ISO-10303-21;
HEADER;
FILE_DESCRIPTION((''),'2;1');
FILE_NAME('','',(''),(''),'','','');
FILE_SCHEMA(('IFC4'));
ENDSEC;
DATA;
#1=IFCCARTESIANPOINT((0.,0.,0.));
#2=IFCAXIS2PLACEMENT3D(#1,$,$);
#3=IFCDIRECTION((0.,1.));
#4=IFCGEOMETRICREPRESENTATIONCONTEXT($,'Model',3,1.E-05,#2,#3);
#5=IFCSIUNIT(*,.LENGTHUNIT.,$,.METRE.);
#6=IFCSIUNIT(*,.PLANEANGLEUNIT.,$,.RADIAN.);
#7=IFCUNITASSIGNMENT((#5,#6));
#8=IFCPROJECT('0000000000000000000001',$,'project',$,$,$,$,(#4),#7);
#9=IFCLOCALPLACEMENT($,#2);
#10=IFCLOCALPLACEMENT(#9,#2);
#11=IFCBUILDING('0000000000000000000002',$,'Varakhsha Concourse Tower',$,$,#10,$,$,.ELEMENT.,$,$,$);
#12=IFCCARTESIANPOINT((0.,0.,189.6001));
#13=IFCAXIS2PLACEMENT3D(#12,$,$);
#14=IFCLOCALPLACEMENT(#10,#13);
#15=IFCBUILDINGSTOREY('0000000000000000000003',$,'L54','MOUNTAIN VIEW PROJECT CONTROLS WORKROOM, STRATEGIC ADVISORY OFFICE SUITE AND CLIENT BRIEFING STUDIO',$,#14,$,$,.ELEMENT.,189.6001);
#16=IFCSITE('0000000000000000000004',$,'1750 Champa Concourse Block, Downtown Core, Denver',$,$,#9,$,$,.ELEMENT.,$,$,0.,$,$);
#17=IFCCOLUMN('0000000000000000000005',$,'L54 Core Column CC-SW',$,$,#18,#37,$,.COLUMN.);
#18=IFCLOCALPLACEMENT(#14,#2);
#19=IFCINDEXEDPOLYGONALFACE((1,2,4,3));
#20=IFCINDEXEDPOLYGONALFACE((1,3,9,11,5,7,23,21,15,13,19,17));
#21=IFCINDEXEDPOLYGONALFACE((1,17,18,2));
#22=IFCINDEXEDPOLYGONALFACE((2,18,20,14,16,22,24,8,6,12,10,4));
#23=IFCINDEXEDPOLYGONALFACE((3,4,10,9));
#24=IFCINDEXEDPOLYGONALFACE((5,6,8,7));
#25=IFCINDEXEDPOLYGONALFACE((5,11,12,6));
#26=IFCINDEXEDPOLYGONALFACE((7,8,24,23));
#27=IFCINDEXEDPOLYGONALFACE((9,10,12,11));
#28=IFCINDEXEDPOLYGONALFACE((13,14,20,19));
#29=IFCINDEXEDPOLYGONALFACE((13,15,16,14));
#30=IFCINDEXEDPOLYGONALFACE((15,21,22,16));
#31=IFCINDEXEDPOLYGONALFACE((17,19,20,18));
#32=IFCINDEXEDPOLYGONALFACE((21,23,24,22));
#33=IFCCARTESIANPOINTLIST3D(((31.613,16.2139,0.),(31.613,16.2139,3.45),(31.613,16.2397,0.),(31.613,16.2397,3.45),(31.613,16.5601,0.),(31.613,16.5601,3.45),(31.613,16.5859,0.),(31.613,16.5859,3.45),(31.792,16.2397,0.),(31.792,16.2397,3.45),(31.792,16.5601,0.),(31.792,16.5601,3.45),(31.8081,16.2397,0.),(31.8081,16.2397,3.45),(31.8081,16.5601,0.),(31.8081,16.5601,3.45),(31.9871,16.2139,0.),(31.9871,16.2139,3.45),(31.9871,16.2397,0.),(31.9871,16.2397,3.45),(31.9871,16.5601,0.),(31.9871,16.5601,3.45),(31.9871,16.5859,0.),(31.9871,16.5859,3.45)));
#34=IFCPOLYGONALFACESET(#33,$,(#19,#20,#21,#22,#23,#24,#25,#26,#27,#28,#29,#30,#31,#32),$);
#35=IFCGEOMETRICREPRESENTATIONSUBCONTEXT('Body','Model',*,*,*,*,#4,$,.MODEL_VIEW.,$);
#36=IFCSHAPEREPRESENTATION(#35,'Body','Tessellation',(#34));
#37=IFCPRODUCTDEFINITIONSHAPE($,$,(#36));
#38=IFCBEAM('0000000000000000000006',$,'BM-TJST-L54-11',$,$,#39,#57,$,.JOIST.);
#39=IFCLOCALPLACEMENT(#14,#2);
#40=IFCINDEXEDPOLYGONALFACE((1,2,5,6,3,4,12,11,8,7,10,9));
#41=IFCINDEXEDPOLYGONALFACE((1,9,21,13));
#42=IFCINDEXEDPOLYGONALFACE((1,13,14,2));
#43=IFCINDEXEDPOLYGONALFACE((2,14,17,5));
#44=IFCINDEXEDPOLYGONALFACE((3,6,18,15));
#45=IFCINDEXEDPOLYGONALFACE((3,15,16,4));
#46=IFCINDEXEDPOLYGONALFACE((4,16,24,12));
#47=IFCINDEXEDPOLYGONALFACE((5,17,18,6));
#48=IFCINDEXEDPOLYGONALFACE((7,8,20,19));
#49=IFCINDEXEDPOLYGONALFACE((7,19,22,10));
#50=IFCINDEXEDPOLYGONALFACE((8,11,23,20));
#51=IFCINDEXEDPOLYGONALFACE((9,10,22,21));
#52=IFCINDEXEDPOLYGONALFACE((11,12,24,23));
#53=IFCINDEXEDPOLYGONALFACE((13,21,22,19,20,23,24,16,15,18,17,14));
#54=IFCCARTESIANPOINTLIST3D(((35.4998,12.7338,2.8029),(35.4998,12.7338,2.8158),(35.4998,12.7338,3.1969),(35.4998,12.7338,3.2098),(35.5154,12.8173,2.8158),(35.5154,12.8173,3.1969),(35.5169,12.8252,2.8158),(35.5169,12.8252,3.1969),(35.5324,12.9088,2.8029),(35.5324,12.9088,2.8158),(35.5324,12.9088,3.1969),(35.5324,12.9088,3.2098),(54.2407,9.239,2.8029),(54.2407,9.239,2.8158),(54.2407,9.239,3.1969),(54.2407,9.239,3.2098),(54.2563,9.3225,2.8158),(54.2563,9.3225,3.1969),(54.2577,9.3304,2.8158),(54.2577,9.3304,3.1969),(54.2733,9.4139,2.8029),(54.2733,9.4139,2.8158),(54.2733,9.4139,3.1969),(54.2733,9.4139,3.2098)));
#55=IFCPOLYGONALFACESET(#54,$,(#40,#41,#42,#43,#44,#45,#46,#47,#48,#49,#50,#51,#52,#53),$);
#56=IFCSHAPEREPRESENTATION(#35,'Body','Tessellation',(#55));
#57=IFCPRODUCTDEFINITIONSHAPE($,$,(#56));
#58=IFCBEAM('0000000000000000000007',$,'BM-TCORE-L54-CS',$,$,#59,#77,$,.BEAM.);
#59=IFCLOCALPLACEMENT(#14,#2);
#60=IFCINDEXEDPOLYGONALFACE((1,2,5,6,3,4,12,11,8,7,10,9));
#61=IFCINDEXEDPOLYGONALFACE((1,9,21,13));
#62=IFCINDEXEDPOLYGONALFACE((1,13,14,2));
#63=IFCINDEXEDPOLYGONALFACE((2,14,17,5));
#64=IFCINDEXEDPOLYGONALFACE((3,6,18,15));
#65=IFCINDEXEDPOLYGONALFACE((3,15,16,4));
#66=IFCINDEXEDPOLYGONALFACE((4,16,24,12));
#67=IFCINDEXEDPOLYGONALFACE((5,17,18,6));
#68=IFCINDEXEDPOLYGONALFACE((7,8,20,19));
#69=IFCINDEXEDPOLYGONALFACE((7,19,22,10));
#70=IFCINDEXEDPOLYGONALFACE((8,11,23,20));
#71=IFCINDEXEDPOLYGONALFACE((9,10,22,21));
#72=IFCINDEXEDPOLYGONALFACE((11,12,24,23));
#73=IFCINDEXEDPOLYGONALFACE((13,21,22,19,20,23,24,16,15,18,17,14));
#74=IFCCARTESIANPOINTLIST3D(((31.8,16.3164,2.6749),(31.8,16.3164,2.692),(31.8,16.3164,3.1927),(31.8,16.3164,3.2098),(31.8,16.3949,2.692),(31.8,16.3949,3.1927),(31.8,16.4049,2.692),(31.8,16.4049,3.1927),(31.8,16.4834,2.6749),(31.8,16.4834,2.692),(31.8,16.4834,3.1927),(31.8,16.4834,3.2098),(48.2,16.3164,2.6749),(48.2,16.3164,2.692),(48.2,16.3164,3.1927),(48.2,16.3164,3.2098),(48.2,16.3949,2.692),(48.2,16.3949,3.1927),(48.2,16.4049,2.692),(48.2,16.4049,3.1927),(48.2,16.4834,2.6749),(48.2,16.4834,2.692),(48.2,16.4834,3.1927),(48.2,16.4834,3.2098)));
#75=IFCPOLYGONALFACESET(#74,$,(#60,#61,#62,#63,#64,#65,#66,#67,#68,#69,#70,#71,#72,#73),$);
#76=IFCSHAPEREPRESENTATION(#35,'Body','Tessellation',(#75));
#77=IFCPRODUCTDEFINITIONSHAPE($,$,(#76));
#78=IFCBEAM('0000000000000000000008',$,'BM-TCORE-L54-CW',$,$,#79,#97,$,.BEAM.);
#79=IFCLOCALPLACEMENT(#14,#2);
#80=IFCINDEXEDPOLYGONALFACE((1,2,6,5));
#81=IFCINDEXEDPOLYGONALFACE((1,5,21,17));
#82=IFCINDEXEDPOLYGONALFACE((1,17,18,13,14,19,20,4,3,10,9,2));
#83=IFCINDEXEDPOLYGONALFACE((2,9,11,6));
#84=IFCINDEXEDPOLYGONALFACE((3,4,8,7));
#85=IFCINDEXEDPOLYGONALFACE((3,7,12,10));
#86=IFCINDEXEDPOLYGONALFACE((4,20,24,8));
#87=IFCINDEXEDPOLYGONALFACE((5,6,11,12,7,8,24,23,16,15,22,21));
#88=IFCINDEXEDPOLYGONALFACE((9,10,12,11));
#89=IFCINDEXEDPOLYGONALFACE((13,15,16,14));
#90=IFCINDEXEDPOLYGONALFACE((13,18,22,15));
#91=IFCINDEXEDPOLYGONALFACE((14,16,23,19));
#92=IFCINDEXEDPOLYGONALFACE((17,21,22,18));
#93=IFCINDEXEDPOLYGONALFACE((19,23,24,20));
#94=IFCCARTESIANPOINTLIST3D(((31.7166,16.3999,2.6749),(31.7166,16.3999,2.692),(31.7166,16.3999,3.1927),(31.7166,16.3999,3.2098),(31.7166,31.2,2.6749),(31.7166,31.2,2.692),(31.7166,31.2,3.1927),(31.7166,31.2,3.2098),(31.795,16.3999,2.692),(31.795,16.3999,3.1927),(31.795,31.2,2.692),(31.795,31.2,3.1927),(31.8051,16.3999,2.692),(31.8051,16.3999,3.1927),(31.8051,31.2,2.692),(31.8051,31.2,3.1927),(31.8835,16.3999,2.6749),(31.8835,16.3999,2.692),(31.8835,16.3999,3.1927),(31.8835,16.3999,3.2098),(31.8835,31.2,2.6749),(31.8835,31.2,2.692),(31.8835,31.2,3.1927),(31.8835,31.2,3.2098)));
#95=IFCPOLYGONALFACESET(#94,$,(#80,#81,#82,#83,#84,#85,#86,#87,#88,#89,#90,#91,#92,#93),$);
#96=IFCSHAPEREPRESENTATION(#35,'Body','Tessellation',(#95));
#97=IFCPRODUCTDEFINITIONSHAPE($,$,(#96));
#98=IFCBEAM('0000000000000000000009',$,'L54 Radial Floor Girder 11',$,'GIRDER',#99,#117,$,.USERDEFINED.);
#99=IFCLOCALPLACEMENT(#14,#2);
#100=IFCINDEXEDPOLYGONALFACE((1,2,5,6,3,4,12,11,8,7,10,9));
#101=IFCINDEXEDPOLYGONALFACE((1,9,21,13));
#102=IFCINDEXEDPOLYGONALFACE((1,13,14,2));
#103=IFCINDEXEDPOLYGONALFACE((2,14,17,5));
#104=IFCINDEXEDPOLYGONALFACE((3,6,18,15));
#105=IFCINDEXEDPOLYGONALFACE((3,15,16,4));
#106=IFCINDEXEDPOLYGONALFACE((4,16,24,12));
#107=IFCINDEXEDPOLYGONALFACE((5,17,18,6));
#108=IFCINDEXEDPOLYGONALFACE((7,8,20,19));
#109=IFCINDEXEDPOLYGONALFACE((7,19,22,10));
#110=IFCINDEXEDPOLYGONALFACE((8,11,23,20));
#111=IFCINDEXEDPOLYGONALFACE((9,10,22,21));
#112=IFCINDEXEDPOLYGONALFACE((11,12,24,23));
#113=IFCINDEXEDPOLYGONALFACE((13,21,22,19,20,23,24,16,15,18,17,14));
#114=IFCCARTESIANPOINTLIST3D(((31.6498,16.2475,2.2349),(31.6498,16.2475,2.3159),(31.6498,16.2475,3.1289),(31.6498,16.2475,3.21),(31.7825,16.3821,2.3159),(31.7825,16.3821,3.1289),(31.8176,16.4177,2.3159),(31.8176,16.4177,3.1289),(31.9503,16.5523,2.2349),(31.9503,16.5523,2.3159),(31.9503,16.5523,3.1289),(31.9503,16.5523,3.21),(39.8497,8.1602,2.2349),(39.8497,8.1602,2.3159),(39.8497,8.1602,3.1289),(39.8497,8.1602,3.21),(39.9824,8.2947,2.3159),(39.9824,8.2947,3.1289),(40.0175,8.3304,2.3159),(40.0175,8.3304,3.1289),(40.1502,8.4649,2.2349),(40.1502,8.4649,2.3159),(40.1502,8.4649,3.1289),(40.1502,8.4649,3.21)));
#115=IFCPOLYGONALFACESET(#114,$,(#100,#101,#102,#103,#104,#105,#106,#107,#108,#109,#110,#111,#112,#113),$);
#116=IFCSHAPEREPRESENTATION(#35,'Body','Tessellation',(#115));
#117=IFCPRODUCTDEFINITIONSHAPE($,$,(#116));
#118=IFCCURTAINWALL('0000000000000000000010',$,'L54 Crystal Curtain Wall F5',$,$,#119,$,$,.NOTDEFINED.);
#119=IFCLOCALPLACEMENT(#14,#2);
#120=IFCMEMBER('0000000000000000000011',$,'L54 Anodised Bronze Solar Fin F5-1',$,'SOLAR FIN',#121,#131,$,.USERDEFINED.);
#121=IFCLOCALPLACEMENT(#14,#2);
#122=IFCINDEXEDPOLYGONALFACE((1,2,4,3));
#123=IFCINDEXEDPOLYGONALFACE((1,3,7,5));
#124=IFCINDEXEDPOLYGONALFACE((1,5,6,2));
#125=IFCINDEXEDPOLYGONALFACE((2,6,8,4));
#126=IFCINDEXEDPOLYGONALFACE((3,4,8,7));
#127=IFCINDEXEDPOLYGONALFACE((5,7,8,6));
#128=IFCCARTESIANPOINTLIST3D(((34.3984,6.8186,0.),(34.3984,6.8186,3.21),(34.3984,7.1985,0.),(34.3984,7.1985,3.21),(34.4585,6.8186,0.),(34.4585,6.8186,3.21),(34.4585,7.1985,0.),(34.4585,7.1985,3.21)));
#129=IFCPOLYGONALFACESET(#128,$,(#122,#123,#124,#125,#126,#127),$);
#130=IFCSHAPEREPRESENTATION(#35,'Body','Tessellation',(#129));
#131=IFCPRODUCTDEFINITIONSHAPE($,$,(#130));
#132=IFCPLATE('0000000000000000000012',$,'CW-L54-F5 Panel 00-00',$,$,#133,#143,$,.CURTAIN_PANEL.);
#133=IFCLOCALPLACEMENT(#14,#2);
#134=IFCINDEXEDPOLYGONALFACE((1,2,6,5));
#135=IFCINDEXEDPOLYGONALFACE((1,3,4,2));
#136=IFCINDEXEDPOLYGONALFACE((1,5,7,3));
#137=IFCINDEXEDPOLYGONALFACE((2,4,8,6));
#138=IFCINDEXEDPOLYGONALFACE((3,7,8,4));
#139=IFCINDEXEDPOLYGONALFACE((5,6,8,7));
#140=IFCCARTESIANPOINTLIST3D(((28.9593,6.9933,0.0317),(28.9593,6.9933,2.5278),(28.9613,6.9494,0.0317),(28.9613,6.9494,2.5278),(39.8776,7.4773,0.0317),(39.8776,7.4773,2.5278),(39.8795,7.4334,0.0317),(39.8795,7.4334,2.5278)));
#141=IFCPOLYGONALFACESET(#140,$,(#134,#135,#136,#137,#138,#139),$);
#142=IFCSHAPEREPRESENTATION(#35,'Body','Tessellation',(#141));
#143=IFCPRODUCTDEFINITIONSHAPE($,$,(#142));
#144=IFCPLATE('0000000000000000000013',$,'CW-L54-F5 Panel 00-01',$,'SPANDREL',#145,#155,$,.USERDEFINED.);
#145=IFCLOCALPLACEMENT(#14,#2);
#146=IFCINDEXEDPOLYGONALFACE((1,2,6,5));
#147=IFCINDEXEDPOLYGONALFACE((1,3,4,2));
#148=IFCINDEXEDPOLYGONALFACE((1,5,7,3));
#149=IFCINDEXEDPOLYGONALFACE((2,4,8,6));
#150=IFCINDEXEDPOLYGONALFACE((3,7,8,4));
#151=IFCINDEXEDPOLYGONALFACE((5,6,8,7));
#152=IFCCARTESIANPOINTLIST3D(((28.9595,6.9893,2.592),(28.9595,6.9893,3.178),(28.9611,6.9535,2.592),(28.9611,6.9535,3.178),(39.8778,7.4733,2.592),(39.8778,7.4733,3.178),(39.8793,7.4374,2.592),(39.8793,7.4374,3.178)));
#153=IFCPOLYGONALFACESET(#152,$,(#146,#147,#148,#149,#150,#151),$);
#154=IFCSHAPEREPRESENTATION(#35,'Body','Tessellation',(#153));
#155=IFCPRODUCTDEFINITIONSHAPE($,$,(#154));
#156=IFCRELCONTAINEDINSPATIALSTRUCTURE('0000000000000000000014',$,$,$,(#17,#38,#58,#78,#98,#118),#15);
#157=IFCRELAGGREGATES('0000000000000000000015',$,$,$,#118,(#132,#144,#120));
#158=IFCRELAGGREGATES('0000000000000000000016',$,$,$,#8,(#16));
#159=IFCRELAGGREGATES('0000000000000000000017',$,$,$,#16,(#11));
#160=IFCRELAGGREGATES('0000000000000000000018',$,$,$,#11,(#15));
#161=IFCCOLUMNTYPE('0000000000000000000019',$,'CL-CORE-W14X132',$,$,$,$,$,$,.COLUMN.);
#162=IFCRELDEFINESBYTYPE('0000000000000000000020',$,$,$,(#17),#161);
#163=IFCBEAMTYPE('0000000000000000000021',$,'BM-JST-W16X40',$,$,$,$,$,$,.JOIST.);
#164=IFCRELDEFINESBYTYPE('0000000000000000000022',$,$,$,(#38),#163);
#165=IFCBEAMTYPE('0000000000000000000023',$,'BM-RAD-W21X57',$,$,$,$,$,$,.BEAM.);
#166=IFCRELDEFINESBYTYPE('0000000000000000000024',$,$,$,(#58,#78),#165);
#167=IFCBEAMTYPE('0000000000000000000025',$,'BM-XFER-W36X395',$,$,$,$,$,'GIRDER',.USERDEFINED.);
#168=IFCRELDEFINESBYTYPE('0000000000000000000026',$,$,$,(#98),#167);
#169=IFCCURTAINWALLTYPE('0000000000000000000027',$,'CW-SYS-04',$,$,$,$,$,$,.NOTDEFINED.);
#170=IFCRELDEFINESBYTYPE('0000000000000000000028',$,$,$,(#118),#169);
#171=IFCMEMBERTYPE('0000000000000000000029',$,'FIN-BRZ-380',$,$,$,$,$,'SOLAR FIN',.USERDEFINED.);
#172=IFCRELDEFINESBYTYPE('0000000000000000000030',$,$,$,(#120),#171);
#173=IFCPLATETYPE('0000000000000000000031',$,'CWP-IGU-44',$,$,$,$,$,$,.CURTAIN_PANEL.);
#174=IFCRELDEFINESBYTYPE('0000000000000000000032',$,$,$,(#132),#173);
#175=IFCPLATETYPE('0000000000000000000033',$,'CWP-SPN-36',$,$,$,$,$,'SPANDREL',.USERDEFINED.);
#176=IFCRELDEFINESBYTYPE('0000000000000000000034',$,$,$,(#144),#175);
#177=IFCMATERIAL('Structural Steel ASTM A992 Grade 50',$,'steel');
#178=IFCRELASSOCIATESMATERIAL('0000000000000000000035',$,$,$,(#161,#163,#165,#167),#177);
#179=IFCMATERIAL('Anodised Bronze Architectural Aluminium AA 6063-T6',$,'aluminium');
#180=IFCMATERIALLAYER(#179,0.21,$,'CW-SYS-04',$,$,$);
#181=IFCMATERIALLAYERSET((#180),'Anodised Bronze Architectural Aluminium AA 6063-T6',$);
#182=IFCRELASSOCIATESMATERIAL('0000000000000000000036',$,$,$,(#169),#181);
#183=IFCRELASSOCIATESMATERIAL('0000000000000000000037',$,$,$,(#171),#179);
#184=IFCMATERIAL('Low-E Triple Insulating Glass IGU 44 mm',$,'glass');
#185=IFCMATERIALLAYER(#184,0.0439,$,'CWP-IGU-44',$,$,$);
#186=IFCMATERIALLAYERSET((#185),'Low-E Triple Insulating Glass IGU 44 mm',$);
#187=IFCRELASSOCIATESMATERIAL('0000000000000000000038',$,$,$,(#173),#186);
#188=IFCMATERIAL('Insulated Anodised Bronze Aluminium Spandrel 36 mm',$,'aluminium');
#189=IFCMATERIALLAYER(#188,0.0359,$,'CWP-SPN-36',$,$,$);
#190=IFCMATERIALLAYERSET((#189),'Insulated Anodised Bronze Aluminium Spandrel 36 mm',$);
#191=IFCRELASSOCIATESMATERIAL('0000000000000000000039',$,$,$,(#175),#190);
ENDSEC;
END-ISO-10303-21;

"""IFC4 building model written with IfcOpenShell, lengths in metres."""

from ifc_helpers import new_model, si_unit, direction, frame, origin, origin_2d, place, context, subcontext, project, spatial, rectangle, i_section, extrude, source, transform, mapped, material, layer, layer_set, material_profile, profile_set, type_object, type_shapes, element, aggregate, save


model = new_model("IFC4")

# Units and contexts
model_context = context("Model", 3, precision=1e-05, world=origin(), true_north=direction((0.0, 1.0)))
body_context = subcontext(model_context, "Body", "Model", "MODEL_VIEW")
ifc_project = project(units=[si_unit("LENGTHUNIT", "METRE"), si_unit("PLANEANGLEUNIT", "RADIAN")], contexts=[model_context])

# Site, building, storey
site_placement = place(None, origin())
site = spatial("IfcSite", under=ifc_project, at=site_placement, Name="1750 Champa Concourse Block, Downtown Core, Denver", CompositionType="ELEMENT", RefElevation=0.0)
building_placement = place(site_placement, origin())
building = spatial("IfcBuilding", under=site, at=building_placement, Name="Varakhsha Concourse Tower", CompositionType="ELEMENT")
storey_placement = place(building_placement, frame((0.0, 0.0, 189.6001)))
storey = spatial("IfcBuildingStorey", under=building, at=storey_placement, Name="L54", Description="MOUNTAIN VIEW PROJECT CONTROLS WORKROOM, STRATEGIC ADVISORY OFFICE SUITE AND CLIENT BRIEFING STUDIO", CompositionType="ELEMENT", Elevation=189.6001)

# Column
ifc_material_1 = material(Name="Structural Steel ASTM A992 Grade 50", Category="steel")
ifc_material_profile_1 = material_profile(ifc_material_1, i_section(OverallWidth=0.374, OverallDepth=0.3721, WebThickness=0.0161, FlangeThickness=0.0259, at=origin_2d()), Name="W14X132")
ifc_profile_set_1 = profile_set([ifc_material_profile_1], Name="Structural Steel ASTM A992 Grade 50")
column_type = type_object("IfcColumnType", Name="CL-CORE-W14X132", PredefinedType="COLUMN", material=ifc_profile_set_1)
column_placement = place(storey_placement, frame((31.8, 16.3999, 0.0), z_axis=(0.0, 0.0, 1.0), x_axis=(1.0, 0.0, 0.0)))
element("IfcColumn", 1, at=column_placement, inside=storey, type_object=column_type, Name="L54 Core Column CC-SW", PredefinedType="COLUMN", context=body_context, shape_type="SweptSolid", body=[
    extrude(i_section(OverallWidth=0.374, OverallDepth=0.3721, WebThickness=0.0161, FlangeThickness=0.0259, at=origin_2d()), origin(), (0.0, 0.0, 1.0), 3.45),
])

# Beams
ifc_material_profile_2 = material_profile(ifc_material_1, i_section(OverallWidth=0.178, OverallDepth=0.407, WebThickness=0.0081, FlangeThickness=0.0129, at=origin_2d()), Name="W16X40")
ifc_profile_set_2 = profile_set([ifc_material_profile_2], Name="Structural Steel ASTM A992 Grade 50")
beam_type_1 = type_object("IfcBeamType", Name="BM-JST-W16X40", PredefinedType="JOIST", material=ifc_profile_set_2)
beam_1_placement = place(storey_placement, frame((35.5161, 12.8213, 3.0063), z_axis=(0.983053, -0.183323, 0.0), x_axis=(0.183323, 0.983053, 0.0)))
element("IfcBeam", 2, at=beam_1_placement, inside=storey, type_object=beam_type_1, Name="BM-TJST-L54-11", PredefinedType="JOIST", context=body_context, shape_type="SweptSolid", body=[
    extrude(i_section(OverallWidth=0.178, OverallDepth=0.407, WebThickness=0.0081, FlangeThickness=0.0129, at=origin_2d()), origin(), (0.0, 0.0, 1.0), 19.064),
])
ifc_material_profile_3 = material_profile(ifc_material_1, i_section(OverallWidth=0.167, OverallDepth=0.5349, WebThickness=0.01, FlangeThickness=0.0171, at=origin_2d()), Name="W21X57")
ifc_profile_set_3 = profile_set([ifc_material_profile_3], Name="Structural Steel ASTM A992 Grade 50")
beam_type_2 = type_object("IfcBeamType", Name="BM-RAD-W21X57", PredefinedType="BEAM", material=ifc_profile_set_3)
beam_2_placement = place(storey_placement, frame((31.8, 16.3999, 2.9424), z_axis=(1.0, 0.0, 0.0), x_axis=(0.0, 1.0, 0.0)))
element("IfcBeam", 3, at=beam_2_placement, inside=storey, type_object=beam_type_2, Name="BM-TCORE-L54-CS", PredefinedType="BEAM", context=body_context, shape_type="SweptSolid", body=[
    extrude(i_section(OverallWidth=0.167, OverallDepth=0.5349, WebThickness=0.01, FlangeThickness=0.0171, at=origin_2d()), origin(), (0.0, 0.0, 1.0), 16.3999),
])
beam_3_placement = place(storey_placement, frame((31.8, 16.3999, 2.9424), z_axis=(0.0, 1.0, 0.0), x_axis=(-1.0, 0.0, 0.0)))
element("IfcBeam", 4, at=beam_3_placement, inside=storey, type_object=beam_type_2, Name="BM-TCORE-L54-CW", PredefinedType="BEAM", context=body_context, shape_type="SweptSolid", body=[
    extrude(i_section(OverallWidth=0.167, OverallDepth=0.5349, WebThickness=0.01, FlangeThickness=0.0171, at=origin_2d()), origin(), (0.0, 0.0, 1.0), 14.8),
])
ifc_material_profile_4 = material_profile(ifc_material_1, i_section(OverallWidth=0.428, OverallDepth=0.9751, WebThickness=0.05, FlangeThickness=0.0811, at=origin_2d()), Name="W36X395")
ifc_profile_set_4 = profile_set([ifc_material_profile_4], Name="Structural Steel ASTM A992 Grade 50")
beam_type_3 = type_object("IfcBeamType", Name="BM-XFER-W36X395", ElementType="GIRDER", PredefinedType="USERDEFINED", material=ifc_profile_set_4)
beam_4_placement = place(storey_placement, frame((31.8, 16.3999, 2.7224), z_axis=(0.711976, -0.702204, 0.0), x_axis=(0.702204, 0.711976, 0.0)))
element("IfcBeam", 5, at=beam_4_placement, inside=storey, type_object=beam_type_3, Name="L54 Radial Floor Girder 11", ObjectType="GIRDER", PredefinedType="USERDEFINED", context=body_context, shape_type="SweptSolid", body=[
    extrude(i_section(OverallWidth=0.428, OverallDepth=0.9751, WebThickness=0.05, FlangeThickness=0.0811, at=origin_2d()), origin(), (0.0, 0.0, 1.0), 11.5171),
])

# Curtain wall, member, plates
ifc_material_2 = material(Name="Anodised Bronze Architectural Aluminium AA 6063-T6", Category="aluminium")
ifc_layer_1 = layer(ifc_material_2, 0.21, Name="CW-SYS-04")
ifc_layer_set_1 = layer_set([ifc_layer_1], Name="Anodised Bronze Architectural Aluminium AA 6063-T6")
curtain_wall_type = type_object("IfcCurtainWallType", Name="CW-SYS-04", PredefinedType="NOTDEFINED", material=ifc_layer_set_1)
curtain_wall_placement = place(storey_placement, origin())
curtain_wall = element("IfcCurtainWall", 6, at=curtain_wall_placement, inside=storey, type_object=curtain_wall_type, Name="L54 Crystal Curtain Wall F5", PredefinedType="NOTDEFINED")
ifc_material_profile_5 = material_profile(ifc_material_2, rectangle(XDim=0.0601, YDim=0.3799, at=origin_2d()), Name="FIN-BRZ-380")
ifc_profile_set_5 = profile_set([ifc_material_profile_5], Name="Anodised Bronze Architectural Aluminium AA 6063-T6")
member_type = type_object("IfcMemberType", Name="FIN-BRZ-380", ElementType="SOLAR FIN", PredefinedType="USERDEFINED", material=ifc_profile_set_5)
shared_shape_1 = source(origin(), body_context, "Body", "SweptSolid", [
    extrude(rectangle(XDim=0.0601, YDim=0.3799, at=origin_2d()), origin(), (0.0, 0.0, 1.0), 3.21),
])
type_shapes(member_type, [shared_shape_1])
member_placement = place(storey_placement, frame((34.4285, 7.0085, 0.0), z_axis=(0.0, 0.0, 1.0), x_axis=(1.0, 0.0, 0.0)))
member = element("IfcMember", 7, at=member_placement, type_object=member_type, Name="L54 Anodised Bronze Solar Fin F5-1", ObjectType="SOLAR FIN", PredefinedType="USERDEFINED", context=body_context, shape_type="MappedRepresentation", body=[
    mapped(shared_shape_1, transform((0.0, 0.0, 0.0), scale=1.0)),
])
ifc_material_3 = material(Name="Low-E Triple Insulating Glass IGU 44 mm", Category="glass")
ifc_layer_2 = layer(ifc_material_3, 0.0439, Name="CWP-IGU-44")
ifc_layer_set_2 = layer_set([ifc_layer_2], Name="Low-E Triple Insulating Glass IGU 44 mm")
plate_type_1 = type_object("IfcPlateType", Name="CWP-IGU-44", PredefinedType="CURTAIN_PANEL", material=ifc_layer_set_2)
shared_shape_2 = source(origin(), body_context, "Body", "SweptSolid", [
    extrude(rectangle(XDim=10.929, YDim=0.0439, at=origin_2d()), origin(), (0.0, 0.0, 1.0), 2.4961),
])
type_shapes(plate_type_1, [shared_shape_2])
plate_1_placement = place(storey_placement, frame((34.4194, 7.2134, 0.0317), z_axis=(0.0, 0.0, 1.0), x_axis=(-0.999019, -0.044285, 0.0)))
plate_1 = element("IfcPlate", 8, at=plate_1_placement, type_object=plate_type_1, Name="CW-L54-F5 Panel 00-00", PredefinedType="CURTAIN_PANEL", context=body_context, shape_type="MappedRepresentation", body=[
    mapped(shared_shape_2, transform((0.0, 0.0, 0.0), scale=1.0)),
])
ifc_material_4 = material(Name="Insulated Anodised Bronze Aluminium Spandrel 36 mm", Category="aluminium")
ifc_layer_3 = layer(ifc_material_4, 0.0359, Name="CWP-SPN-36")
ifc_layer_set_3 = layer_set([ifc_layer_3], Name="Insulated Anodised Bronze Aluminium Spandrel 36 mm")
plate_type_2 = type_object("IfcPlateType", Name="CWP-SPN-36", ElementType="SPANDREL", PredefinedType="USERDEFINED", material=ifc_layer_set_3)
shared_shape_3 = source(origin(), body_context, "Body", "SweptSolid", [
    extrude(rectangle(XDim=10.929, YDim=0.0359, at=origin_2d()), origin(), (0.0, 0.0, 1.0), 0.5859),
])
type_shapes(plate_type_2, [shared_shape_3])
plate_2_placement = place(storey_placement, frame((34.4194, 7.2134, 2.592), z_axis=(0.0, 0.0, 1.0), x_axis=(-0.999019, -0.044285, 0.0)))
plate_2 = element("IfcPlate", 9, at=plate_2_placement, type_object=plate_type_2, Name="CW-L54-F5 Panel 00-01", ObjectType="SPANDREL", PredefinedType="USERDEFINED", context=body_context, shape_type="MappedRepresentation", body=[
    mapped(shared_shape_3, transform((0.0, 0.0, 0.0), scale=1.0)),
])
aggregate(curtain_wall, [plate_1, plate_2, member])

save(model, "model.ifc")
